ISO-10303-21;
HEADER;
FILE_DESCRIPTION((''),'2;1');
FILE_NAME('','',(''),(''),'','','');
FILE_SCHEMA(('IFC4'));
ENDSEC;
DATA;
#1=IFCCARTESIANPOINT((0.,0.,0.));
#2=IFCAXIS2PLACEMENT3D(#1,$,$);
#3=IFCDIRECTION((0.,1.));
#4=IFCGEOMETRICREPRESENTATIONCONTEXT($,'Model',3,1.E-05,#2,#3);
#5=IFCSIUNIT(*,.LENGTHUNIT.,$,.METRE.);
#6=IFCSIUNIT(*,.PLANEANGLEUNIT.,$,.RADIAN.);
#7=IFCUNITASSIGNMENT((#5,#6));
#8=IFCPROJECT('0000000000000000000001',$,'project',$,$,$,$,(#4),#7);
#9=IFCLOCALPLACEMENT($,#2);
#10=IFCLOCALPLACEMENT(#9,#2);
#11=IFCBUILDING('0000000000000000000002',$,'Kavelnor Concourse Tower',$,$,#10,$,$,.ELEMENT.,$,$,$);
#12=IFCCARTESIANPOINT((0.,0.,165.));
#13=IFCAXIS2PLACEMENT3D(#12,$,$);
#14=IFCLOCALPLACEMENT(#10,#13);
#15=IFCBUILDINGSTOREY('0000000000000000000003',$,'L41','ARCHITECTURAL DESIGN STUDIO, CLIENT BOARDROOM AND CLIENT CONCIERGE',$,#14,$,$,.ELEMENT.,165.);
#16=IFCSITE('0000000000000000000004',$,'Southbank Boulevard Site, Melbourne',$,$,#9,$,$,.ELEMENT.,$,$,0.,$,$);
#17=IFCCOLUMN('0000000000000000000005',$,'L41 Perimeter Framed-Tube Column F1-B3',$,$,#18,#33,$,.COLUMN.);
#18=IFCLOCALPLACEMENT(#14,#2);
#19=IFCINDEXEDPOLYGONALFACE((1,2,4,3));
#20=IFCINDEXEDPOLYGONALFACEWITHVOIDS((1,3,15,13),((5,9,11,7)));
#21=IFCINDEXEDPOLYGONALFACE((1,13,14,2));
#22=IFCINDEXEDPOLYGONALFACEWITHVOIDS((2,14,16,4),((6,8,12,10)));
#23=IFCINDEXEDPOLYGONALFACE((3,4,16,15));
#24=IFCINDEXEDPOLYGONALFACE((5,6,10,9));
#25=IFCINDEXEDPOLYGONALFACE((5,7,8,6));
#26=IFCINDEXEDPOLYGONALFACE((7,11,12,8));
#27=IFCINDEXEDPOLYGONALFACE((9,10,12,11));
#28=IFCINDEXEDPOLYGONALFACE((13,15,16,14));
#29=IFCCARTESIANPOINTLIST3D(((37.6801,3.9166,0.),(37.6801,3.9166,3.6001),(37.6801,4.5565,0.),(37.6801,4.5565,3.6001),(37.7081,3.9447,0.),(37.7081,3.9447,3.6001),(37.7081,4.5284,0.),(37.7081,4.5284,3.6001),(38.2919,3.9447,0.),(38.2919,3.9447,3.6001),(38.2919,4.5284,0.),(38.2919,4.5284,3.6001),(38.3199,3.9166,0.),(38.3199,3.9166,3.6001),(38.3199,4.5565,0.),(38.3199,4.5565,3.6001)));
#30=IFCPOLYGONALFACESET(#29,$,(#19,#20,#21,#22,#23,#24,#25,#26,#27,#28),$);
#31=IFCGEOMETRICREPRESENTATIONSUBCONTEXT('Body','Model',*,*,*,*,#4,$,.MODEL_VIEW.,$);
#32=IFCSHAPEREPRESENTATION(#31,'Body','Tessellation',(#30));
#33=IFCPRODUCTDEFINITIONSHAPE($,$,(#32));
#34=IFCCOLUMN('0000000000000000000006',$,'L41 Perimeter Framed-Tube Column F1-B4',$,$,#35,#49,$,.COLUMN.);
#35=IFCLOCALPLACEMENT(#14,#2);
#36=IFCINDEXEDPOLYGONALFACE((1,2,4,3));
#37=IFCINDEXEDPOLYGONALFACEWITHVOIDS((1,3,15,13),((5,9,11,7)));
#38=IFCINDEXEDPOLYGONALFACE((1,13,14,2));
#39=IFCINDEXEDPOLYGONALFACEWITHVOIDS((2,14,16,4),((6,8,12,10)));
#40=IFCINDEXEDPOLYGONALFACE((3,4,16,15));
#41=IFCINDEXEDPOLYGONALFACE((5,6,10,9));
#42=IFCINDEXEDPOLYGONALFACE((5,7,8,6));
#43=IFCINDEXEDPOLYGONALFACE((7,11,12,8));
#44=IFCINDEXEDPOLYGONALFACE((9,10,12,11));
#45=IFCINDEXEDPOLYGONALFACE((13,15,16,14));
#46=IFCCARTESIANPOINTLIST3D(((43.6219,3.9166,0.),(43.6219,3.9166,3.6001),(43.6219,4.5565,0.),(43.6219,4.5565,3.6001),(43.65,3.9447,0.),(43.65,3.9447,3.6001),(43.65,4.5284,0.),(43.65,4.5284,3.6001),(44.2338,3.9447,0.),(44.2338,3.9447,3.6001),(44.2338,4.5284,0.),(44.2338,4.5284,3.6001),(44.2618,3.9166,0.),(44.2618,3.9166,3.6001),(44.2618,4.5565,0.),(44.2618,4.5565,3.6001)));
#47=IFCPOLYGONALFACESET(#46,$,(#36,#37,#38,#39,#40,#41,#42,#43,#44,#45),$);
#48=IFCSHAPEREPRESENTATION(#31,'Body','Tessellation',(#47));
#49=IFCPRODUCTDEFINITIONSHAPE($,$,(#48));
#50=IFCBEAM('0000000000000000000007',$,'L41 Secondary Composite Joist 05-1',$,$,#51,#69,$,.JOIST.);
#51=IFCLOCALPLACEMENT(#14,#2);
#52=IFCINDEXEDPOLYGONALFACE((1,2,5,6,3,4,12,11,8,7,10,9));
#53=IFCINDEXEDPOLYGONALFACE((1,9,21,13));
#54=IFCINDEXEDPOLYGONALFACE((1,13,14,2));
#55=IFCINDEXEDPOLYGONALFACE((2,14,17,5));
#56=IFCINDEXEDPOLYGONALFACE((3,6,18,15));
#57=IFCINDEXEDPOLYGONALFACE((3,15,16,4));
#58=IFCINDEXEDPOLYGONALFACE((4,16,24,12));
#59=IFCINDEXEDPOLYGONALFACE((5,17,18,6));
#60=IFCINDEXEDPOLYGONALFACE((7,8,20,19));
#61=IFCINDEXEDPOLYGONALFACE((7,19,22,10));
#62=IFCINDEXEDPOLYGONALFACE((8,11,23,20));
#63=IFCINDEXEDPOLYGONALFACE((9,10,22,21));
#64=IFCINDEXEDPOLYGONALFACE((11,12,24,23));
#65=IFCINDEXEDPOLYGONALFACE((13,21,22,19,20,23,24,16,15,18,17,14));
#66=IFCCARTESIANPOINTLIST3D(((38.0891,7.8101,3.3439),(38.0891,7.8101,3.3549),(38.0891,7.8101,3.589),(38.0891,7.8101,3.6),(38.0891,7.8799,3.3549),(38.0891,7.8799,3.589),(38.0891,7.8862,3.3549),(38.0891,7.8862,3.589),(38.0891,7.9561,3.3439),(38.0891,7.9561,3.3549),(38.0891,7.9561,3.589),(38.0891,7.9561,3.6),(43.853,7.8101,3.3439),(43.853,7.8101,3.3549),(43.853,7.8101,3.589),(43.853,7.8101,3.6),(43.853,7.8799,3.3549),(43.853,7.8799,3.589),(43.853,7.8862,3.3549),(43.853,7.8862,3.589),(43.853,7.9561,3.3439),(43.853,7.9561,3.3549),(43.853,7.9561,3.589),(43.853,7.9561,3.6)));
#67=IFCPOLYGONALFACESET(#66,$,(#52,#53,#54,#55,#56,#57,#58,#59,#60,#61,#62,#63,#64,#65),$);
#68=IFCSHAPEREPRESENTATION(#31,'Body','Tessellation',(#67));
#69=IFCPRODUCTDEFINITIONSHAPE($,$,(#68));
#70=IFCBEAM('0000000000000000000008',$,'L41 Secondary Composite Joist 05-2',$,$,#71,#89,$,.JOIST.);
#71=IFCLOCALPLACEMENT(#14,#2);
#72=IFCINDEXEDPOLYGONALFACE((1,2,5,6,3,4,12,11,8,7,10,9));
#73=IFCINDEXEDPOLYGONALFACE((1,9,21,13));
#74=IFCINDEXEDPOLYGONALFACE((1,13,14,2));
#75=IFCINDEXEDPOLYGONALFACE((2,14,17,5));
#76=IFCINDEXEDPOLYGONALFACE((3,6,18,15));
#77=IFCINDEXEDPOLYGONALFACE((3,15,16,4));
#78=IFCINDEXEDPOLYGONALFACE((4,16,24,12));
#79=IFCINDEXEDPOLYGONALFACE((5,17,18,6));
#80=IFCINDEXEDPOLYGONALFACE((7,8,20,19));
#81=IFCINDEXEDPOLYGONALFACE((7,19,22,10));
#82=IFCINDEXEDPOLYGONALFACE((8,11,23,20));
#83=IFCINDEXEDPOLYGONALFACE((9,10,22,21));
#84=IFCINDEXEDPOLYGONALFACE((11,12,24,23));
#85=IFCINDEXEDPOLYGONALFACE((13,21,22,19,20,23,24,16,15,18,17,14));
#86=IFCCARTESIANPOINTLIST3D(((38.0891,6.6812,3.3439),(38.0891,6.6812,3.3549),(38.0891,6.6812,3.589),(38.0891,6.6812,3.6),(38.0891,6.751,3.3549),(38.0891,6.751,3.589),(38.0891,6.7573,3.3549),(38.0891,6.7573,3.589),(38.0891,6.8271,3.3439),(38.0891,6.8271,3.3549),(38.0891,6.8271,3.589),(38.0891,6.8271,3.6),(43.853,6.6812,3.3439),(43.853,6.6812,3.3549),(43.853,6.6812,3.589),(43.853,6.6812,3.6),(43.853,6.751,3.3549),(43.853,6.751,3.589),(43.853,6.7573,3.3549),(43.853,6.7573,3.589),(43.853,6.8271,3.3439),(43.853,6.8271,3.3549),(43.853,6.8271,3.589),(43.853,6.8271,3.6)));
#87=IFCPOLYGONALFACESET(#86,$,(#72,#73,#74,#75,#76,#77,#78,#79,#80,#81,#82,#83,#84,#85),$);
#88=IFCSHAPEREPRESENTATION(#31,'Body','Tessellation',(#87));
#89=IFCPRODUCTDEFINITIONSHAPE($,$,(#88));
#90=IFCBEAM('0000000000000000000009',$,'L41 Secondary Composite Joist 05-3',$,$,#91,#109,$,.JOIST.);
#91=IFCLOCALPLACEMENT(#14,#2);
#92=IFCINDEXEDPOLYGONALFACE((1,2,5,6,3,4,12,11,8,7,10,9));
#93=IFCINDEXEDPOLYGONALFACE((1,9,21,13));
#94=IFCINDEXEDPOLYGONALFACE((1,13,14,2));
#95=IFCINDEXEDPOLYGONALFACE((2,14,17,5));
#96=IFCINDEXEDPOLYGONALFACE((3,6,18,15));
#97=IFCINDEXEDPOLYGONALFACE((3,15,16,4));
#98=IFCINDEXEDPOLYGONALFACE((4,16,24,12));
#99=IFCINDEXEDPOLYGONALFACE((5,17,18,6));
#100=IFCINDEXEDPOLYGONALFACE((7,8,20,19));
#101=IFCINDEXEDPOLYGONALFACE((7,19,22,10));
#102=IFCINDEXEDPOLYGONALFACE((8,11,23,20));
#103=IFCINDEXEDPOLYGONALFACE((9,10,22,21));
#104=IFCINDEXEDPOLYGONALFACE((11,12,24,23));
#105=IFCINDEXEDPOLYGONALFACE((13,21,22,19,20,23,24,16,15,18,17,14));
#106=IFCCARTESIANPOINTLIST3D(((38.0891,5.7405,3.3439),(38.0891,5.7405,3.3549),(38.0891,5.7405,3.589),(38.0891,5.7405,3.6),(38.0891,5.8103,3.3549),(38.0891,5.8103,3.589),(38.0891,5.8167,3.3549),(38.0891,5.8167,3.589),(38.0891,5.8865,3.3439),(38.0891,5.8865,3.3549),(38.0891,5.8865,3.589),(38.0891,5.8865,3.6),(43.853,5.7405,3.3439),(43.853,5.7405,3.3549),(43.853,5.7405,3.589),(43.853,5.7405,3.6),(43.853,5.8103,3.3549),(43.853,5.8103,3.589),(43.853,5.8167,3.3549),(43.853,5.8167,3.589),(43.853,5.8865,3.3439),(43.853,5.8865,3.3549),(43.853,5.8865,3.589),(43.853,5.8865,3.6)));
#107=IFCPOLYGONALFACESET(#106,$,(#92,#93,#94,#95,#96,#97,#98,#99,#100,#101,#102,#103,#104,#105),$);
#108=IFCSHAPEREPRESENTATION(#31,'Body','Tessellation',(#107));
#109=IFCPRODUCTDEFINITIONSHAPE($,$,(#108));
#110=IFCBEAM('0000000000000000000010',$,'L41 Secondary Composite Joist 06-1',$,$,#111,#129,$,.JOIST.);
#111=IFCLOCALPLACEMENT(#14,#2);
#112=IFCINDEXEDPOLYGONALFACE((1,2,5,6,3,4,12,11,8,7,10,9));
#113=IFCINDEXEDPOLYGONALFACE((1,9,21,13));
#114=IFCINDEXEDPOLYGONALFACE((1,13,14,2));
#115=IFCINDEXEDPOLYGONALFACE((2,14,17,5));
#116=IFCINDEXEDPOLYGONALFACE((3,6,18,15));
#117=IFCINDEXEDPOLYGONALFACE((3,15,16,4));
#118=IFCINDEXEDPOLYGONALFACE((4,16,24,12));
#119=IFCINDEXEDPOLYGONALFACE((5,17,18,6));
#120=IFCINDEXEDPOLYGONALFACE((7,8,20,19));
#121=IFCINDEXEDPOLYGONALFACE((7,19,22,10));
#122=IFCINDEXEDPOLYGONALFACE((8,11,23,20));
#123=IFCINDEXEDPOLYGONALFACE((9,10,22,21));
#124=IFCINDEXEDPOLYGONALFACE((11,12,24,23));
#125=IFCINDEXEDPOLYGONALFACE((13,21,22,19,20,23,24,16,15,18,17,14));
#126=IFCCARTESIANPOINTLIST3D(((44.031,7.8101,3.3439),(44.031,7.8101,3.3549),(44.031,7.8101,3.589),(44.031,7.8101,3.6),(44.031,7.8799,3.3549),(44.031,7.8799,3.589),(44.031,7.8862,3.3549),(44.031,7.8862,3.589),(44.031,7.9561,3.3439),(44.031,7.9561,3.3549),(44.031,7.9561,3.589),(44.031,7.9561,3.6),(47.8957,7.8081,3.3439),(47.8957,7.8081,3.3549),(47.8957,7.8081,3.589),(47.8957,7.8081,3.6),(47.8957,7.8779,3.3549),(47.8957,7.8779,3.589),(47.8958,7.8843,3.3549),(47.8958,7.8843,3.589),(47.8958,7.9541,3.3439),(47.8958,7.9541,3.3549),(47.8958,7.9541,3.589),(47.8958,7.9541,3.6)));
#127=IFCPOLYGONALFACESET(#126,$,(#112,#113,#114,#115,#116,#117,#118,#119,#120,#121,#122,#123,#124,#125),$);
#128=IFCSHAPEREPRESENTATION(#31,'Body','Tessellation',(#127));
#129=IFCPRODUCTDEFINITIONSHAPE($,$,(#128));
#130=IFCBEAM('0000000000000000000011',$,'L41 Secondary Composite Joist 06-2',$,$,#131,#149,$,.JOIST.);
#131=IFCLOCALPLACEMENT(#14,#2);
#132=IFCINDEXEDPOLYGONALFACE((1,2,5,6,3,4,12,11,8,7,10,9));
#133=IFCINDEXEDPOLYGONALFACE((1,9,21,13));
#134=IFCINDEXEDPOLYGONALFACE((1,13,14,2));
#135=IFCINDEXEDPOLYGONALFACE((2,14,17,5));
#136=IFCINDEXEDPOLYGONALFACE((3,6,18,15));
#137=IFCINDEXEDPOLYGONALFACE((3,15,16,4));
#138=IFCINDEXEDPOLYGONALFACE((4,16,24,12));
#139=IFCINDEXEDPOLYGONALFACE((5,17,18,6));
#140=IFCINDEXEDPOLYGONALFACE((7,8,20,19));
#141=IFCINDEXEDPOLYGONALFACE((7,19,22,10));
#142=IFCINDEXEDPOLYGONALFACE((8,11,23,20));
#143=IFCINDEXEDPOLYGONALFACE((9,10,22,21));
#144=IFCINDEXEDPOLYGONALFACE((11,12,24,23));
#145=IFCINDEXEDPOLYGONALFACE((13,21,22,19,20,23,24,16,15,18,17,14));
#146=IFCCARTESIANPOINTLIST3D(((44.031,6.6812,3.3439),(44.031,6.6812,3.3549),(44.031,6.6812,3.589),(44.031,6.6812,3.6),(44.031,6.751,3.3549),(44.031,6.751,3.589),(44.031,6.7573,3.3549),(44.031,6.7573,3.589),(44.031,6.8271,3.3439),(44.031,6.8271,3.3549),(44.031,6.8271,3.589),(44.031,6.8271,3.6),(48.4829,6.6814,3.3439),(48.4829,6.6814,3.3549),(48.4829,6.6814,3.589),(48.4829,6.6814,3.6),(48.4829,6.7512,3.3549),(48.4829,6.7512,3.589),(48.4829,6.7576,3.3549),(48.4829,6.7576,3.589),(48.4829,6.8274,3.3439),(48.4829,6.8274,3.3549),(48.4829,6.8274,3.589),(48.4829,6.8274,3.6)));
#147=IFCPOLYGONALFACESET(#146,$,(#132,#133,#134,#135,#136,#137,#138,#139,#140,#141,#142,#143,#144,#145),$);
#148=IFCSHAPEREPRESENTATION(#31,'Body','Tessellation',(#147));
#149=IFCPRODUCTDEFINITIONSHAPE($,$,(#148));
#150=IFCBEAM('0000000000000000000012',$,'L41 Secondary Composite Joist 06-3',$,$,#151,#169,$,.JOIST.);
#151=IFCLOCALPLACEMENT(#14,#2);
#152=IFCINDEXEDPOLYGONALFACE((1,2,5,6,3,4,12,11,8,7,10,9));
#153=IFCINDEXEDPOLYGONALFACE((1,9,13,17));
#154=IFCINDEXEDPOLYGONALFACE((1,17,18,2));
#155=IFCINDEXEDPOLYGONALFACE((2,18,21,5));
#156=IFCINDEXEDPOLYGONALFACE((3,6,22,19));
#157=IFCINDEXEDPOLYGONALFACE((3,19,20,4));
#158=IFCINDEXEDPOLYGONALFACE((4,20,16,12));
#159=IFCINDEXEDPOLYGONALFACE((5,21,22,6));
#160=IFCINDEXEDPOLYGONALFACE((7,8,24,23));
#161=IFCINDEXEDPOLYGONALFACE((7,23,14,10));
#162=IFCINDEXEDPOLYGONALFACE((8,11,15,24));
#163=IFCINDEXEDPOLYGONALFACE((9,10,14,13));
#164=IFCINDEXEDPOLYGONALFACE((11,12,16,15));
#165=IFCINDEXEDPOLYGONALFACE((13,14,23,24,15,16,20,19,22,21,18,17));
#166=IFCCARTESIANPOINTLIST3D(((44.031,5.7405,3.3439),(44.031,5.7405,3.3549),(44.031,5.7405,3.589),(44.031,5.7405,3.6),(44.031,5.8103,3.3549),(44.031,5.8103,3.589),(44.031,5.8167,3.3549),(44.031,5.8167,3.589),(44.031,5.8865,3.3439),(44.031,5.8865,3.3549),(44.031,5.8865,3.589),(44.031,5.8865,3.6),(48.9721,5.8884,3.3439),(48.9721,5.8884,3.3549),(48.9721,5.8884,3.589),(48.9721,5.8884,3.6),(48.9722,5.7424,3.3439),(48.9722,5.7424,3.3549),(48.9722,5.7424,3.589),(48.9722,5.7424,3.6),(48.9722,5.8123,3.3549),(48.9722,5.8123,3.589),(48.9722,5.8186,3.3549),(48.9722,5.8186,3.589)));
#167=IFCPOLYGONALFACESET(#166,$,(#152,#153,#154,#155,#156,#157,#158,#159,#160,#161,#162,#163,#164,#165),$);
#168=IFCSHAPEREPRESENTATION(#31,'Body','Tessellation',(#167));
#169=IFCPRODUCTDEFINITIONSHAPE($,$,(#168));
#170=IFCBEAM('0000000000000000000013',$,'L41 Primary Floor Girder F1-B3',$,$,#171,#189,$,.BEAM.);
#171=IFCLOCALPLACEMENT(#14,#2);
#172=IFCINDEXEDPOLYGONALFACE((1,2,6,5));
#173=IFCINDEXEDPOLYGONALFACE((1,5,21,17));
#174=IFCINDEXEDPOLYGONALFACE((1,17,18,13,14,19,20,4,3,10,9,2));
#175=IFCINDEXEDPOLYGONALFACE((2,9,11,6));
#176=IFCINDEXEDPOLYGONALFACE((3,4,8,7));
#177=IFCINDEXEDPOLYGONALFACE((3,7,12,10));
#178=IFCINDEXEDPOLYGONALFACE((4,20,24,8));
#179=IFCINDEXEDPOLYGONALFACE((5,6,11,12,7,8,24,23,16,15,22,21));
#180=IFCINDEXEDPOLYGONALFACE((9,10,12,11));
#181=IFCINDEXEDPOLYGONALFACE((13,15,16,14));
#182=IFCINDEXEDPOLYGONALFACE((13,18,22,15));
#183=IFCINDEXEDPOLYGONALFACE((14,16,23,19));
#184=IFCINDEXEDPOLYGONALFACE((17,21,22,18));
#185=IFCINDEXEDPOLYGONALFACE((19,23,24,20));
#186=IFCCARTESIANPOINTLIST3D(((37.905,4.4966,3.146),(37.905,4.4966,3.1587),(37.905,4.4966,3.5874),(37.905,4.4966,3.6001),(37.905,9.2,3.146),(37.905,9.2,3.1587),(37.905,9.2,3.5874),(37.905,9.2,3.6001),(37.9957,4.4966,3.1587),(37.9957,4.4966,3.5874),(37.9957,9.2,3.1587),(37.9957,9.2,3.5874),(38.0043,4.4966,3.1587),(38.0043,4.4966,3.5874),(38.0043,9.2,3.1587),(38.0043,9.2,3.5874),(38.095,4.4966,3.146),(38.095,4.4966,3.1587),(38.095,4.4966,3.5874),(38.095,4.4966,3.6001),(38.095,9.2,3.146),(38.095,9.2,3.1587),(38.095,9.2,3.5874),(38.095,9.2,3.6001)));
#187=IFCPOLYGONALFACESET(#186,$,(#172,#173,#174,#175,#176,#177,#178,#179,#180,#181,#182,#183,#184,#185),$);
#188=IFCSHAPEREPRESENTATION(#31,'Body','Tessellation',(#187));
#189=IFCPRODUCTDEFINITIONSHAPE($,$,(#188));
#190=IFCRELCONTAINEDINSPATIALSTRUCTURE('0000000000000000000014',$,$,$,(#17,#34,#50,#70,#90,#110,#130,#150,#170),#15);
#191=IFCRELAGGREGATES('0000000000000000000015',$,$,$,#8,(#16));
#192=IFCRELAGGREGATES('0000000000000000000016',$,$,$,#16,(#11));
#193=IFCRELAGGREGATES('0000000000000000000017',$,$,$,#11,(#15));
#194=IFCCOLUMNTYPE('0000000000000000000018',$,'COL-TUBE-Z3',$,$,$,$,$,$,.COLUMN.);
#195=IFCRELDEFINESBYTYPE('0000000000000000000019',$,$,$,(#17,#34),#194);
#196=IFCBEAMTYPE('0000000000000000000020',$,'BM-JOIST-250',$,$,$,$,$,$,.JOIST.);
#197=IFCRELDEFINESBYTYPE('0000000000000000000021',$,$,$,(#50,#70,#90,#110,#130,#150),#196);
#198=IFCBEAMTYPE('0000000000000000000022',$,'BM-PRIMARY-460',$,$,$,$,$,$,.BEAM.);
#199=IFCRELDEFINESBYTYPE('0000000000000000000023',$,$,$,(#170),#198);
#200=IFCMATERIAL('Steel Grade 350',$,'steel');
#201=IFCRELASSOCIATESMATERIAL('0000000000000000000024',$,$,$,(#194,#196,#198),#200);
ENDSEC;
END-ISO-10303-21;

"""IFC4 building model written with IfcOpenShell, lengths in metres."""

from ifc_helpers import new_model, si_unit, direction, frame, origin, origin_2d, place, context, subcontext, project, spatial, hollow_rectangle, i_section, extrude, material, material_profile, profile_set, type_object, element, save


model = new_model("IFC4")

# Units and contexts
model_context = context("Model", 3, precision=1e-05, world=origin(), true_north=direction((0.0, 1.0)))
body_context = subcontext(model_context, "Body", "Model", "MODEL_VIEW")
ifc_project = project(units=[si_unit("LENGTHUNIT", "METRE"), si_unit("PLANEANGLEUNIT", "RADIAN")], contexts=[model_context])

# Site, building, storey
site_placement = place(None, origin())
site = spatial("IfcSite", under=ifc_project, at=site_placement, Name="Southbank Boulevard Site, Melbourne", CompositionType="ELEMENT", RefElevation=0.0)
building_placement = place(site_placement, origin())
building = spatial("IfcBuilding", under=site, at=building_placement, Name="Kavelnor Concourse Tower", CompositionType="ELEMENT")
storey_placement = place(building_placement, frame((0.0, 0.0, 165.0)))
storey = spatial("IfcBuildingStorey", under=building, at=storey_placement, Name="L41", Description="ARCHITECTURAL DESIGN STUDIO, CLIENT BOARDROOM AND CLIENT CONCIERGE", CompositionType="ELEMENT", Elevation=165.0)

# Columns
ifc_material_1 = material(Name="Steel Grade 350", Category="steel")
ifc_material_profile_1 = material_profile(ifc_material_1, hollow_rectangle(XDim=0.6399, YDim=0.6399, WallThickness=0.0281, at=origin_2d()), Name="SHS 640x640x28")
ifc_profile_set_1 = profile_set([ifc_material_profile_1], Name="Steel Grade 350")
column_type = type_object("IfcColumnType", Name="COL-TUBE-Z3", PredefinedType="COLUMN", material=ifc_profile_set_1)
for number, where, z_axis, x_axis, name in (
    (1, (38.0, 4.2366, 0.0), (0.0, 0.0, 1.0), (1.0, 0.0, 0.0), "L41 Perimeter Framed-Tube Column F1-B3"),
    (2, (43.9419, 4.2366, 0.0), (0.0, 0.0, 1.0), (1.0, 0.0, 0.0), "L41 Perimeter Framed-Tube Column F1-B4"),
):
    element("IfcColumn", number, at=place(storey_placement, frame(where, z_axis=z_axis, x_axis=x_axis)), inside=storey, type_object=column_type, Name=name, PredefinedType="COLUMN", context=body_context, shape_type="SweptSolid", body=[
        extrude(hollow_rectangle(XDim=0.6399, YDim=0.6399, WallThickness=0.0281, at=origin_2d()), origin(), (0.0, 0.0, 1.0), 3.6001),
    ])

# Beams
ifc_material_profile_2 = material_profile(ifc_material_1, i_section(OverallWidth=0.146, OverallDepth=0.2561, WebThickness=0.0063, FlangeThickness=0.011, at=origin_2d()), Name="250UB37")
ifc_profile_set_2 = profile_set([ifc_material_profile_2], Name="Steel Grade 350")
beam_type_1 = type_object("IfcBeamType", Name="BM-JOIST-250", PredefinedType="JOIST", material=ifc_profile_set_2)
for number, where, z_axis, x_axis, name in (
    (3, (38.0891, 7.8831, 3.4719), (1.0, 0.0, 0.0), (0.0, 1.0, 0.0), "L41 Secondary Composite Joist 05-1"),
    (4, (38.0891, 6.7542, 3.4719), (1.0, 0.0, 0.0), (0.0, 1.0, 0.0), "L41 Secondary Composite Joist 05-2"),
    (5, (38.0891, 5.8135, 3.4719), (1.0, 0.0, 0.0), (0.0, 1.0, 0.0), "L41 Secondary Composite Joist 05-3"),
):
    element("IfcBeam", number, at=place(storey_placement, frame(where, z_axis=z_axis, x_axis=x_axis)), inside=storey, type_object=beam_type_1, Name=name, PredefinedType="JOIST", context=body_context, shape_type="SweptSolid", body=[
        extrude(i_section(OverallWidth=0.146, OverallDepth=0.2561, WebThickness=0.0063, FlangeThickness=0.011, at=origin_2d()), origin(), (0.0, 0.0, 1.0), 5.7639),
    ])
beam_1_placement = place(storey_placement, frame((44.031, 7.8831, 3.4719), z_axis=(1.0, -0.000505, 0.0), x_axis=(0.000505, 1.0, 0.0)))
element("IfcBeam", 6, at=beam_1_placement, inside=storey, type_object=beam_type_1, Name="L41 Secondary Composite Joist 06-1", PredefinedType="JOIST", context=body_context, shape_type="SweptSolid", body=[
    extrude(i_section(OverallWidth=0.146, OverallDepth=0.2561, WebThickness=0.0063, FlangeThickness=0.011, at=origin_2d()), origin(), (0.0, 0.0, 1.0), 3.8647),
])
beam_2_placement = place(storey_placement, frame((44.031, 6.7542, 3.4719), z_axis=(1.0, 0.000055, 0.0), x_axis=(-0.000055, 1.0, 0.0)))
element("IfcBeam", 7, at=beam_2_placement, inside=storey, type_object=beam_type_1, Name="L41 Secondary Composite Joist 06-2", PredefinedType="JOIST", context=body_context, shape_type="SweptSolid", body=[
    extrude(i_section(OverallWidth=0.146, OverallDepth=0.2561, WebThickness=0.0063, FlangeThickness=0.011, at=origin_2d()), origin(), (0.0, 0.0, 1.0), 4.4519),
])
beam_3_placement = place(storey_placement, frame((44.031, 5.8135, 3.4719), z_axis=(1.0, 0.000395, 0.0), x_axis=(-0.000395, 1.0, 0.0)))
element("IfcBeam", 8, at=beam_3_placement, inside=storey, type_object=beam_type_1, Name="L41 Secondary Composite Joist 06-3", PredefinedType="JOIST", context=body_context, shape_type="SweptSolid", body=[
    extrude(i_section(OverallWidth=0.146, OverallDepth=0.2561, WebThickness=0.0063, FlangeThickness=0.011, at=origin_2d()), origin(), (0.0, 0.0, 1.0), 4.9412),
])
ifc_material_profile_3 = material_profile(ifc_material_1, i_section(OverallWidth=0.1899, OverallDepth=0.4541, WebThickness=0.0085, FlangeThickness=0.0127, at=origin_2d()), Name="460UB67")
ifc_profile_set_3 = profile_set([ifc_material_profile_3], Name="Steel Grade 350")
beam_type_2 = type_object("IfcBeamType", Name="BM-PRIMARY-460", PredefinedType="BEAM", material=ifc_profile_set_3)
for number, where, z_axis, x_axis, name in (
    (9, (38.0, 9.2, 3.373), (0.0, -1.0, 0.0), (1.0, 0.0, 0.0), "L41 Primary Floor Girder F1-B3"),
):
    element("IfcBeam", number, at=place(storey_placement, frame(where, z_axis=z_axis, x_axis=x_axis)), inside=storey, type_object=beam_type_2, Name=name, PredefinedType="BEAM", context=body_context, shape_type="SweptSolid", body=[
        extrude(i_section(OverallWidth=0.1899, OverallDepth=0.4541, WebThickness=0.0085, FlangeThickness=0.0127, at=origin_2d()), origin(), (0.0, 0.0, 1.0), 4.7034),
    ])

save(model, "model.ifc")
